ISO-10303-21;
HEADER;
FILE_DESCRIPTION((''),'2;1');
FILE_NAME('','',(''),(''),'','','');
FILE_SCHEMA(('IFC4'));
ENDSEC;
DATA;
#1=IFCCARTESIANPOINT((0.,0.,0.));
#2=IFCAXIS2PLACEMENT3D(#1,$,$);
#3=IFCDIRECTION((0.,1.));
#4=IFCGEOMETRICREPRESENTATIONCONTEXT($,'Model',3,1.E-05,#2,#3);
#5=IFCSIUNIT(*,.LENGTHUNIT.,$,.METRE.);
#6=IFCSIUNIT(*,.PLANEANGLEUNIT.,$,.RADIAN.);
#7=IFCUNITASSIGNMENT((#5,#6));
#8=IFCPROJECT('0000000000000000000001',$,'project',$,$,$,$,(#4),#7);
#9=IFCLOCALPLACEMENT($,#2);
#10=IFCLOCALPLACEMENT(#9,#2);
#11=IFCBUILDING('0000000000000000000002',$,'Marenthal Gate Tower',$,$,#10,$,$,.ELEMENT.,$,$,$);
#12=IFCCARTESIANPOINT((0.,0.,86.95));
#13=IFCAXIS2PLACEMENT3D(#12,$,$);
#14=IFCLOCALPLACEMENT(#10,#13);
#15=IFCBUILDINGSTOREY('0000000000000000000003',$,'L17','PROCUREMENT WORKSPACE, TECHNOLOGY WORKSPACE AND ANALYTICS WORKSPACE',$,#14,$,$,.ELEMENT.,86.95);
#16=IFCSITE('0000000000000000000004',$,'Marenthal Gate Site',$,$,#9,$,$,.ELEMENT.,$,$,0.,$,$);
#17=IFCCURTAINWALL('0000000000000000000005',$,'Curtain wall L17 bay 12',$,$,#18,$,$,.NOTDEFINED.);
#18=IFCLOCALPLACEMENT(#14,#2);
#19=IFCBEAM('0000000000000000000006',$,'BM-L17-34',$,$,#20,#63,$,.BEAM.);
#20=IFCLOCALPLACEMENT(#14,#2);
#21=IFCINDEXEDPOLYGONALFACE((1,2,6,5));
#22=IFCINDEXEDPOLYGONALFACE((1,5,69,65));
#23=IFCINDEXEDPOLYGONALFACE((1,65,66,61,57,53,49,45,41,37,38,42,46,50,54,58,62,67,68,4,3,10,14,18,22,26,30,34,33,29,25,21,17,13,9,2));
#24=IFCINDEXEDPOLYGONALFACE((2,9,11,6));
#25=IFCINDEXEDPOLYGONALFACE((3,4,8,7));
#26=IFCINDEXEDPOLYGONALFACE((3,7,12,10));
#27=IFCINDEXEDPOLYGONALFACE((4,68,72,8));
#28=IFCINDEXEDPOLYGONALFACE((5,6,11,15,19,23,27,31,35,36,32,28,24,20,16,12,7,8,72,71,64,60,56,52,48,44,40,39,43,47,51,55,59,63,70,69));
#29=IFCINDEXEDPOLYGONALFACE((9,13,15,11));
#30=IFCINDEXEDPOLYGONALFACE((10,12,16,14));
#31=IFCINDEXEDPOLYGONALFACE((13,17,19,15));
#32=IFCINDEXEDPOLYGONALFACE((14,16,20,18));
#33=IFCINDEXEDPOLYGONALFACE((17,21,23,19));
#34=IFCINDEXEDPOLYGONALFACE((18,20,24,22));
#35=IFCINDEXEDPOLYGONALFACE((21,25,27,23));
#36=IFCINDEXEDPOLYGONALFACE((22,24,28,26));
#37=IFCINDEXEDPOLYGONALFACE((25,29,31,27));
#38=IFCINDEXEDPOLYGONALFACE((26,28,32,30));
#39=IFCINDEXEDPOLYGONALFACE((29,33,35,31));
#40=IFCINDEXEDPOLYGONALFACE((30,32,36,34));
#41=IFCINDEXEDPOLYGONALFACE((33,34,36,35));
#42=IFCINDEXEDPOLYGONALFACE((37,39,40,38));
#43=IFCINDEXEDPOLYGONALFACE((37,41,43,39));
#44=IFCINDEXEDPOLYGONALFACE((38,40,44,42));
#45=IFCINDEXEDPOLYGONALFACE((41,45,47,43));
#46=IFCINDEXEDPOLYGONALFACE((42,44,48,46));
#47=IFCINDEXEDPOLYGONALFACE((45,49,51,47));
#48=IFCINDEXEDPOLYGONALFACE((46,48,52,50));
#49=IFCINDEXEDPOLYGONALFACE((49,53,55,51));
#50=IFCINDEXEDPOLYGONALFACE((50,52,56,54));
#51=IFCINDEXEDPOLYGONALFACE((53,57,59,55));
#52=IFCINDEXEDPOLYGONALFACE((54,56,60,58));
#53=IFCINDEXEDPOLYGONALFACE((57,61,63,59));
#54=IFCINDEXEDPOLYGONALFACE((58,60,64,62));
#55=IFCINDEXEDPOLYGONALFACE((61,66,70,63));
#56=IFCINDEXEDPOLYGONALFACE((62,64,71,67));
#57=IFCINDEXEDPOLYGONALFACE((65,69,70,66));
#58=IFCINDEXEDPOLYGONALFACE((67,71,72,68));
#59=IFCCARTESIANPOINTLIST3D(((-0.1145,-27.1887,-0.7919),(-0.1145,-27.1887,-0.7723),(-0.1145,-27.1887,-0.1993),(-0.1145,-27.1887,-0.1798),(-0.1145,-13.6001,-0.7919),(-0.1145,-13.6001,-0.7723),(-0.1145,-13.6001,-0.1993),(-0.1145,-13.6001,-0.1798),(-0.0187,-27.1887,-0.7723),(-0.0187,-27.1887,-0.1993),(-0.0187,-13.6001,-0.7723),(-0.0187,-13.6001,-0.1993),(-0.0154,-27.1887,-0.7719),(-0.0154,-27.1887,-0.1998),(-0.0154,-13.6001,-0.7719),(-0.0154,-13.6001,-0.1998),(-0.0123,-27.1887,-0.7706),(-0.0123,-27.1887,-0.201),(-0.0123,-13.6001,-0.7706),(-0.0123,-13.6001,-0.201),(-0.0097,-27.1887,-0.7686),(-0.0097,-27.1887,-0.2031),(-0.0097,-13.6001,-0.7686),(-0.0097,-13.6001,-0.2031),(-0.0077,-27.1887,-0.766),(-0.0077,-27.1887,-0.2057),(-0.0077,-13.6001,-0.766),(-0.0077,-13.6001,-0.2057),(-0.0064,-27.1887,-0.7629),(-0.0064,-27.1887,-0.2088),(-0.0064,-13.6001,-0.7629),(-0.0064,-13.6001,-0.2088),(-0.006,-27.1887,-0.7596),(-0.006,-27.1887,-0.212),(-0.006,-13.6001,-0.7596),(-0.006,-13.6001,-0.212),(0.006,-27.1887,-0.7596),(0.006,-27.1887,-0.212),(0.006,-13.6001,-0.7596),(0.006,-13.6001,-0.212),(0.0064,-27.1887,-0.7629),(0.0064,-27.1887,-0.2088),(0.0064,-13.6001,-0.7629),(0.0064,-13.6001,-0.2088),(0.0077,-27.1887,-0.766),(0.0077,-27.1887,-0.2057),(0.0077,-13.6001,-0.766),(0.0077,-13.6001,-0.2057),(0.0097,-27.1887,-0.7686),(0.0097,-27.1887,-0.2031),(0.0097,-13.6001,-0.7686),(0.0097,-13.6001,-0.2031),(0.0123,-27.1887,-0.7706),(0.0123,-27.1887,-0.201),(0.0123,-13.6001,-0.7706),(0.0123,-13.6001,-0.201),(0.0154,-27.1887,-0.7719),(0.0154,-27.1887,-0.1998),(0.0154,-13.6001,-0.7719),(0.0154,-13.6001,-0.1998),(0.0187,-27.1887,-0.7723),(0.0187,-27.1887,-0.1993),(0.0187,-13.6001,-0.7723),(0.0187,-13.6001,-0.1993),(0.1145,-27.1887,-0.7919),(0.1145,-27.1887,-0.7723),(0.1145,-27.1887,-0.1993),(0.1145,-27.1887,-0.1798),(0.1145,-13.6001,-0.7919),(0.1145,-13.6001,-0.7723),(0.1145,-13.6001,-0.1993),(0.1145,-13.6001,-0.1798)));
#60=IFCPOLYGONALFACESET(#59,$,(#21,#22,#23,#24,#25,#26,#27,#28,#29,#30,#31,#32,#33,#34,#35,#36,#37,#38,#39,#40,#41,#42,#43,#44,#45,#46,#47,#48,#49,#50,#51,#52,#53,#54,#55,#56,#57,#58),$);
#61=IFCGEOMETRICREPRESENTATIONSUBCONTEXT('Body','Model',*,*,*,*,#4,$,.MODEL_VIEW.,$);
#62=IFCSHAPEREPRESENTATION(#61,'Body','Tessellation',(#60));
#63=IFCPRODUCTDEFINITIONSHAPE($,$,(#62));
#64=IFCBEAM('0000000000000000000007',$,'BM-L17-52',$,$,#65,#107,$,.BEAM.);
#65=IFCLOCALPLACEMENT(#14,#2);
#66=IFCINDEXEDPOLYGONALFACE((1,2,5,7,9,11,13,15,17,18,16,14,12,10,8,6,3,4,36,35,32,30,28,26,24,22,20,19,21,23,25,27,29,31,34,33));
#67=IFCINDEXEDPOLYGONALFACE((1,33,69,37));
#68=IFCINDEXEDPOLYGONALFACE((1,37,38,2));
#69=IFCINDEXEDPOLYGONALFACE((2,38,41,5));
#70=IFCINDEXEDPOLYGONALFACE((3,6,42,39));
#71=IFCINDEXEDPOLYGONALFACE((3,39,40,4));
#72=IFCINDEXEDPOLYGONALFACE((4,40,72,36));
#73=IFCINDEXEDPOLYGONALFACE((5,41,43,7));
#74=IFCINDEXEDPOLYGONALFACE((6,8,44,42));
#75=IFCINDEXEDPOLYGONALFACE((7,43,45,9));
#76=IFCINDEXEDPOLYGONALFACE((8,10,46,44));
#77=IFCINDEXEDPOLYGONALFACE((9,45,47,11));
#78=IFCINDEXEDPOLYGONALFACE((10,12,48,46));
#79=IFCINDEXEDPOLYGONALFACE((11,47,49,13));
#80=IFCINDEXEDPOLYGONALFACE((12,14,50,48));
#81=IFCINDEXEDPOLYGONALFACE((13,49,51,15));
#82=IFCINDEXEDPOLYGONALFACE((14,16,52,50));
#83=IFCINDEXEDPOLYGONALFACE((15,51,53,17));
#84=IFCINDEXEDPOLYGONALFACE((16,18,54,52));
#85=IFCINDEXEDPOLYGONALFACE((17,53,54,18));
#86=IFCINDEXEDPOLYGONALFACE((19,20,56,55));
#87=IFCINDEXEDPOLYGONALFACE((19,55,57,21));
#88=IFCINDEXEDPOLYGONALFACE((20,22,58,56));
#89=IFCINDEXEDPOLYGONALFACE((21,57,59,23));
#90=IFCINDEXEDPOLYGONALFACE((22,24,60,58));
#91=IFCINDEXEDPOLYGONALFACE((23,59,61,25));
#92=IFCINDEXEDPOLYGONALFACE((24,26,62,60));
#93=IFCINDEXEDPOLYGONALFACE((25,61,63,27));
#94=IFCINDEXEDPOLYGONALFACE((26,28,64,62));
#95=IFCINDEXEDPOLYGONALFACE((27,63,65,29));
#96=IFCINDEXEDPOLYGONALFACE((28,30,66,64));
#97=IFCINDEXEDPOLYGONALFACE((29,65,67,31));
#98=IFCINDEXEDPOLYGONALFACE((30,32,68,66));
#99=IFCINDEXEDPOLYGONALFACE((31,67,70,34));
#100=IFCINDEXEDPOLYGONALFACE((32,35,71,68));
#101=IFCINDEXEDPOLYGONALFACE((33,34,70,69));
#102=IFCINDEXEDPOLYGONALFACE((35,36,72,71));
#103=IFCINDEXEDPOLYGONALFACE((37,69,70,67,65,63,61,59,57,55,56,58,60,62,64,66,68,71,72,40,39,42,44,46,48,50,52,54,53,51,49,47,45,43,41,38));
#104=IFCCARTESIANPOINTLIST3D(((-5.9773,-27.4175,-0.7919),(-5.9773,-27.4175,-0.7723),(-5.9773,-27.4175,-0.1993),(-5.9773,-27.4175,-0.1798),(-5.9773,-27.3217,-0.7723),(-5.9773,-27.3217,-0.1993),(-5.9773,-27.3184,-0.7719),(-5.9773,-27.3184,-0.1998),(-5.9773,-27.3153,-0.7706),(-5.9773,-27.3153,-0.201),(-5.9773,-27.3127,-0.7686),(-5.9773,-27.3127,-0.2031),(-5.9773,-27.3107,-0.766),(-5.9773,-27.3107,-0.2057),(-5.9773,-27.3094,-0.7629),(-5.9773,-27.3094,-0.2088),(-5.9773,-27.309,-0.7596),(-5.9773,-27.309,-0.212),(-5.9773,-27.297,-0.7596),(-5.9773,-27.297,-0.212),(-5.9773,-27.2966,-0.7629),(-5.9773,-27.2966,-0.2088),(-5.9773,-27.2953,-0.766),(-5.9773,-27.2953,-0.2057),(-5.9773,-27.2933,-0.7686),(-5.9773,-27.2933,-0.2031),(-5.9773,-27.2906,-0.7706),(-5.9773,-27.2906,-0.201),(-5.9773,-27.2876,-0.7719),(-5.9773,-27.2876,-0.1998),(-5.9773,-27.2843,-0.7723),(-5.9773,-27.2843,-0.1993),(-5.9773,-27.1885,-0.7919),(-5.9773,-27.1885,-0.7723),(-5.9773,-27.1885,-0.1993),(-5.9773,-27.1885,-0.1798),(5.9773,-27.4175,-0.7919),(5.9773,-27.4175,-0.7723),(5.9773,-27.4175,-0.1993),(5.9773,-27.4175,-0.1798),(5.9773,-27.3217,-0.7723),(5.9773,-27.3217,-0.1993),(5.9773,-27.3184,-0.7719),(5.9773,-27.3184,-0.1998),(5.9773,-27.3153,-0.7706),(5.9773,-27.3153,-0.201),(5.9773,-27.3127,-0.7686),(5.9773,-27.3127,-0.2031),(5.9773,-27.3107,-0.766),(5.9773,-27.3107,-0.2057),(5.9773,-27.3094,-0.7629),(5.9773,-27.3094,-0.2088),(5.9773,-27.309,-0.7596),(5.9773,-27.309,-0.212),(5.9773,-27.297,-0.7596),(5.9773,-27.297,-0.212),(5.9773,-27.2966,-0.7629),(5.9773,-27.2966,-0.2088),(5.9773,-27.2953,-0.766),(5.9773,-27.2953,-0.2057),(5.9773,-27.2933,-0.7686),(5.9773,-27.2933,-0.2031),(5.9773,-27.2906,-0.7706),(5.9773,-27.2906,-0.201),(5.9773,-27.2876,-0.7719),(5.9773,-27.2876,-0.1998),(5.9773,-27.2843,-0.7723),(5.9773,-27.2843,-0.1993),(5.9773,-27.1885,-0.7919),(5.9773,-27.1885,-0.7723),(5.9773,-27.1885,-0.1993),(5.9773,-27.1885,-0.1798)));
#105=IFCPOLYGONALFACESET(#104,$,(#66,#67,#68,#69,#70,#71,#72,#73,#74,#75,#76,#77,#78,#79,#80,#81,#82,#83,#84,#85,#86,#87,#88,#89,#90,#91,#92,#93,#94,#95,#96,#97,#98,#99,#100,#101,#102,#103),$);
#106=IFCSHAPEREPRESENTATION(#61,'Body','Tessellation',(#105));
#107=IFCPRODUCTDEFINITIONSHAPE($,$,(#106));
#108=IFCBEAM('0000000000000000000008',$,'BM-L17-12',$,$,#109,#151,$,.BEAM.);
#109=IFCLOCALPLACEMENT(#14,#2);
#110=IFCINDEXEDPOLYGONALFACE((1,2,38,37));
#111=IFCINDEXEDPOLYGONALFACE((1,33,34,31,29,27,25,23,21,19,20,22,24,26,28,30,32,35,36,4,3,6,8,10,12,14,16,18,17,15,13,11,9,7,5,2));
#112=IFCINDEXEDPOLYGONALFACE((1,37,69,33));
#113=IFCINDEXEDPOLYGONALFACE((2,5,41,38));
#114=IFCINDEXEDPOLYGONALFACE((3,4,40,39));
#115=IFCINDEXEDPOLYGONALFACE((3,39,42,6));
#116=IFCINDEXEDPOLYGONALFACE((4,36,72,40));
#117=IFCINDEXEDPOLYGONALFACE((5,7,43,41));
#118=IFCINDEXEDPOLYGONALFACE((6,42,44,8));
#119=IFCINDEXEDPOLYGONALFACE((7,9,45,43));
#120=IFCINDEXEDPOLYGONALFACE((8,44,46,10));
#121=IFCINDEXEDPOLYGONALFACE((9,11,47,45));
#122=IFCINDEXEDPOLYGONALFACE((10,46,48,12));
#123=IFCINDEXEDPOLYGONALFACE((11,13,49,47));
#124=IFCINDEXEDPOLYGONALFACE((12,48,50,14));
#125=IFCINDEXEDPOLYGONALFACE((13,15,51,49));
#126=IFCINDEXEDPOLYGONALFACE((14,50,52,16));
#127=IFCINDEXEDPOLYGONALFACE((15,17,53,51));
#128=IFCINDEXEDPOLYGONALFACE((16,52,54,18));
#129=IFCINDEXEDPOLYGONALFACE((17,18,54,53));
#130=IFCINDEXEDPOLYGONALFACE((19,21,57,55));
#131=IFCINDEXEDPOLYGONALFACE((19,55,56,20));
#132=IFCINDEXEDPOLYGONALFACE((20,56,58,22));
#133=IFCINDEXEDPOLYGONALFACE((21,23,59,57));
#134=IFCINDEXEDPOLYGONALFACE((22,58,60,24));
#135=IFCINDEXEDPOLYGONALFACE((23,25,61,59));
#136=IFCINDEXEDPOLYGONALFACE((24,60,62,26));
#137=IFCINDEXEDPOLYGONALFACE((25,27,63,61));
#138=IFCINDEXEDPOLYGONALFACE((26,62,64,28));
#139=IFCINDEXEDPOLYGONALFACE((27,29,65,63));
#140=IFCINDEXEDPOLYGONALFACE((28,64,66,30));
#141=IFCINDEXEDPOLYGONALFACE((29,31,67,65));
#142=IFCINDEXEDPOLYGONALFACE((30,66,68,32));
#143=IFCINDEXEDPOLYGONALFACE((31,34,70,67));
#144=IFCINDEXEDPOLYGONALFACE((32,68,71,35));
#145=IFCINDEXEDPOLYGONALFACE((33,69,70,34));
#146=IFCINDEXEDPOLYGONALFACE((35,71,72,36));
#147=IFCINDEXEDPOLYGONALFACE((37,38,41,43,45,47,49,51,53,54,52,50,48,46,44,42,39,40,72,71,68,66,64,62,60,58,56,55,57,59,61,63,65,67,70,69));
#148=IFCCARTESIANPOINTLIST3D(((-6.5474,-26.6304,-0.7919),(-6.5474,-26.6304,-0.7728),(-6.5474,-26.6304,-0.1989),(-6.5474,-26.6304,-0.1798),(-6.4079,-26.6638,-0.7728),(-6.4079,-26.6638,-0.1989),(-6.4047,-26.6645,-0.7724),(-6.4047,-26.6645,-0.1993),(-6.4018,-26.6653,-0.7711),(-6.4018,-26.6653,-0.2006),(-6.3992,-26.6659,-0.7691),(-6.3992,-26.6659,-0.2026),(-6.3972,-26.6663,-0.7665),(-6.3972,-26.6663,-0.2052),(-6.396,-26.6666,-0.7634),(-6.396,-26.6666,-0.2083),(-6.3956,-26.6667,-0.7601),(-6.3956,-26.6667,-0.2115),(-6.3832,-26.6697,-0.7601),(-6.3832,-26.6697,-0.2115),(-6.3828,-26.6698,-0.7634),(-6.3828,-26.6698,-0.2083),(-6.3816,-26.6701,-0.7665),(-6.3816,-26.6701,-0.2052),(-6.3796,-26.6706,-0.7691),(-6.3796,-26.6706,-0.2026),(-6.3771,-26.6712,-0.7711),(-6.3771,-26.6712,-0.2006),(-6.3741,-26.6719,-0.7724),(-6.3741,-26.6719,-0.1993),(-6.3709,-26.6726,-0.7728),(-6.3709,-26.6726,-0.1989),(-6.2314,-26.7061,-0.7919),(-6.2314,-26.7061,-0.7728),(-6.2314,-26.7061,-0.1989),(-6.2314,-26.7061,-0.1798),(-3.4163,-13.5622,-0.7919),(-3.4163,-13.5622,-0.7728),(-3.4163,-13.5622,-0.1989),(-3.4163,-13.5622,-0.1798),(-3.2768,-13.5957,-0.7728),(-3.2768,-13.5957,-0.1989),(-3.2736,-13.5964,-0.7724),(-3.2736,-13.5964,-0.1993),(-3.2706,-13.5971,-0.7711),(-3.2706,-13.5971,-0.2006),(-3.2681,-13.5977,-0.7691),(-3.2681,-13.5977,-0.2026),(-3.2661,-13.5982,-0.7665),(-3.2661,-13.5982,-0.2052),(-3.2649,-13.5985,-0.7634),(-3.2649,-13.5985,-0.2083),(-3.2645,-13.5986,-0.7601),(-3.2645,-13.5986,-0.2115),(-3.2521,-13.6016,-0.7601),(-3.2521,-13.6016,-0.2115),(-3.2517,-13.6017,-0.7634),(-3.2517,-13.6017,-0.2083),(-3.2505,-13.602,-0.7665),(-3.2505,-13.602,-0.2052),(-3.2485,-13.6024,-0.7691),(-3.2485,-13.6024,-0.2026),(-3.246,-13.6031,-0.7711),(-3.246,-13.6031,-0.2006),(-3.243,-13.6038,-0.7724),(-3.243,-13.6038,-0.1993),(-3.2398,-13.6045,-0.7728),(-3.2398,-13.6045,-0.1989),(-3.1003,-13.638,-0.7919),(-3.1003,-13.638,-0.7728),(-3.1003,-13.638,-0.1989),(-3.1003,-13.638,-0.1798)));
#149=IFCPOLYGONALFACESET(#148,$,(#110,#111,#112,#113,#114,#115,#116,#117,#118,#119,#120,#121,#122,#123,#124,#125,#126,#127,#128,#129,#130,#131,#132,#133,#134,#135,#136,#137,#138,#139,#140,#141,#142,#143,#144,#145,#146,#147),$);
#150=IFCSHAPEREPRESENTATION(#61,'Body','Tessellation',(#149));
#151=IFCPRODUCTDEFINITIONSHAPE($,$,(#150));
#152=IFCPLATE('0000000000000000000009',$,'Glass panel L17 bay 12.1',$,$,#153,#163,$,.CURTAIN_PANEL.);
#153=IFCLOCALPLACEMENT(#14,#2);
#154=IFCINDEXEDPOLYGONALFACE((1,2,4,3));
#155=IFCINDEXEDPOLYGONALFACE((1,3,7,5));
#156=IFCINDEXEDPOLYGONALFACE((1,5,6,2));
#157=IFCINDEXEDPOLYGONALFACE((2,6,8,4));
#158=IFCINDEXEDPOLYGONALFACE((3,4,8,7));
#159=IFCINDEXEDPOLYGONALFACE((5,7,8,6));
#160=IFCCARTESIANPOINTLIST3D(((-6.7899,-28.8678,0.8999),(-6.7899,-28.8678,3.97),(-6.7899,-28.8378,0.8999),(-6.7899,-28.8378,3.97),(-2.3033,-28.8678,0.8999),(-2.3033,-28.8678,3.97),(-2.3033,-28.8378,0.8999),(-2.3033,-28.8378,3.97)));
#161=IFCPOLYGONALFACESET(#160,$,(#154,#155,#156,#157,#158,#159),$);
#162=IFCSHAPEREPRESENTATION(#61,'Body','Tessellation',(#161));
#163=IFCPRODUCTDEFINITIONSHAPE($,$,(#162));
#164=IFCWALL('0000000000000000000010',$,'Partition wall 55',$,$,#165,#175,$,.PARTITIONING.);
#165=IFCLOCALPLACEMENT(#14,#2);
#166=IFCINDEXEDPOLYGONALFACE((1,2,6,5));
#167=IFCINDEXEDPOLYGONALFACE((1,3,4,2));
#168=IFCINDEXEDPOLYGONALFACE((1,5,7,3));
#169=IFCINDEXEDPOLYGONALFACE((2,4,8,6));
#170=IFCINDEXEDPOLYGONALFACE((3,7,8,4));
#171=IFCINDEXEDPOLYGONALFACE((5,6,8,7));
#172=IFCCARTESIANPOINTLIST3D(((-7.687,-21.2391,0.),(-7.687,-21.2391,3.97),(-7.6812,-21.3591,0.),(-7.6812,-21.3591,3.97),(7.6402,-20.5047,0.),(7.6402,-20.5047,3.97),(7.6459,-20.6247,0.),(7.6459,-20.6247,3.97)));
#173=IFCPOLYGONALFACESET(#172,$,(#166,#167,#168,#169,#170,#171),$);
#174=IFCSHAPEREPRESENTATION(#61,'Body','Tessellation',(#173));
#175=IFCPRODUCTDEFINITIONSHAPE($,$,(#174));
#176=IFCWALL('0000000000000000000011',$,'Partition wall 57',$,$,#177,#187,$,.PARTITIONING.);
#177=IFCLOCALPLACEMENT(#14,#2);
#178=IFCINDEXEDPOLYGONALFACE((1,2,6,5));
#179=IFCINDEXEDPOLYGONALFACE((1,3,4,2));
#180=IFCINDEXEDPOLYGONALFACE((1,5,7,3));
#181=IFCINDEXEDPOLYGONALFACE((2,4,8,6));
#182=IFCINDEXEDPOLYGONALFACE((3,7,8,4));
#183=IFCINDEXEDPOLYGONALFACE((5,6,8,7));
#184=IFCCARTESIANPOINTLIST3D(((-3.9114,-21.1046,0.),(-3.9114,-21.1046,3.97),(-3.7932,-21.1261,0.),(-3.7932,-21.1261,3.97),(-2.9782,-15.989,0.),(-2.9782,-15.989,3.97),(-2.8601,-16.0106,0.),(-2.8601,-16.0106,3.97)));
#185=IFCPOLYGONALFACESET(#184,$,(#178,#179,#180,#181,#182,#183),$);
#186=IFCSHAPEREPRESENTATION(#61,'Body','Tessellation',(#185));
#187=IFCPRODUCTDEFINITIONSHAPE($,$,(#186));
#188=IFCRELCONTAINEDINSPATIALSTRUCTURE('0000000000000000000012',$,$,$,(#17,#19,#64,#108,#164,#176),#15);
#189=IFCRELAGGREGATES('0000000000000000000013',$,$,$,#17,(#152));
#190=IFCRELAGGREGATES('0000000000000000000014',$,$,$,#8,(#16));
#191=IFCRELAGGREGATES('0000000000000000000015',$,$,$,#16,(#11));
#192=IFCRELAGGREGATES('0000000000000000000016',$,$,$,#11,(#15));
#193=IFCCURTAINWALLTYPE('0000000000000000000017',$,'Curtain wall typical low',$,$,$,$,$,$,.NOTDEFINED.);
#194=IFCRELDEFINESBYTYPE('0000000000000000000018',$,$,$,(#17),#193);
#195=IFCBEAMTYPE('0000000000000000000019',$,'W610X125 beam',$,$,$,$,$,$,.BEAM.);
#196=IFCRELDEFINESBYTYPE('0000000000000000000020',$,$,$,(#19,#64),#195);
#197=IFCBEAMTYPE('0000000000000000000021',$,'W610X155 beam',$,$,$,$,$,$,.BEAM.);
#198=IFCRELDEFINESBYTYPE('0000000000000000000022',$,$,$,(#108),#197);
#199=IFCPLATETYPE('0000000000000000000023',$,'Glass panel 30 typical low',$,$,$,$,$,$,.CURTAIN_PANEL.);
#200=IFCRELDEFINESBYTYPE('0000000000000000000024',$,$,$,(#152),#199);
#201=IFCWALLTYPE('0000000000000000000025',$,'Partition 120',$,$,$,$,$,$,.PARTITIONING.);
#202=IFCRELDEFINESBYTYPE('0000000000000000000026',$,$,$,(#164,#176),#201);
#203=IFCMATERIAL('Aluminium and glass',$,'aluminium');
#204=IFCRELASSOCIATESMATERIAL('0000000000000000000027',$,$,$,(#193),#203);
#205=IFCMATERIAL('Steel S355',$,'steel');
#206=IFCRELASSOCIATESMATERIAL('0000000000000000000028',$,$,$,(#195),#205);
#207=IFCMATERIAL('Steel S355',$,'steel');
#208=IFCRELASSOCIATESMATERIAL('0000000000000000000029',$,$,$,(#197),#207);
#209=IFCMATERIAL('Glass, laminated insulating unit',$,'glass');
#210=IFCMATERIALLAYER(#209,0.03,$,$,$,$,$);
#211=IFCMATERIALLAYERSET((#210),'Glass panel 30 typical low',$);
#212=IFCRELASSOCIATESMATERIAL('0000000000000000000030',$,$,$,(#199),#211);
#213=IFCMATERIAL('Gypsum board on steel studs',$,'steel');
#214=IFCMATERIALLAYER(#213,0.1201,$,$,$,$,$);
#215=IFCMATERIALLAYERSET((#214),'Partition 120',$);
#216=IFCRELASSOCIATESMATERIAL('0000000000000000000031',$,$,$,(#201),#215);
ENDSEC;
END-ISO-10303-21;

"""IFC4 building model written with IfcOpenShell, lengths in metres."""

from ifc_helpers import new_model, si_unit, direction, frame, frame_2d, origin, origin_2d, place, context, subcontext, project, spatial, rectangle, i_section, extrude, material, layer, layer_set, material_profile, profile_set, type_object, element, aggregate, save


model = new_model("IFC4")

# Units and contexts
model_context = context("Model", 3, precision=1e-05, world=origin(), true_north=direction((0.0, 1.0)))
body_context = subcontext(model_context, "Body", "Model", "MODEL_VIEW")
ifc_project = project(units=[si_unit("LENGTHUNIT", "METRE"), si_unit("PLANEANGLEUNIT", "RADIAN")], contexts=[model_context])

# Site, building, storey
site_placement = place(None, origin())
site = spatial("IfcSite", under=ifc_project, at=site_placement, Name="Marenthal Gate Site", CompositionType="ELEMENT", RefElevation=0.0)
building_placement = place(site_placement, origin())
building = spatial("IfcBuilding", under=site, at=building_placement, Name="Marenthal Gate Tower", CompositionType="ELEMENT")
storey_placement = place(building_placement, frame((0.0, 0.0, 86.95)))
storey = spatial("IfcBuildingStorey", under=building, at=storey_placement, Name="L17", Description="PROCUREMENT WORKSPACE, TECHNOLOGY WORKSPACE AND ANALYTICS WORKSPACE", CompositionType="ELEMENT", Elevation=86.95)

# Curtain wall
ifc_material_1 = material(Name="Aluminium and glass", Category="aluminium")
curtain_wall_type = type_object("IfcCurtainWallType", Name="Curtain wall typical low", PredefinedType="NOTDEFINED", material=ifc_material_1)
curtain_wall_placement = place(storey_placement, origin())
curtain_wall = element("IfcCurtainWall", 1, at=curtain_wall_placement, inside=storey, type_object=curtain_wall_type, Name="Curtain wall L17 bay 12", PredefinedType="NOTDEFINED")

# Beams
ifc_material_2 = material(Name="Steel S355", Category="steel")
ifc_material_profile_1 = material_profile(ifc_material_2, i_section(OverallWidth=0.229, OverallDepth=0.6121, WebThickness=0.012, FlangeThickness=0.0195, FilletRadius=0.0127, at=origin_2d()), Name="W610X125")
ifc_profile_set_1 = profile_set([ifc_material_profile_1], Name="Steel S355")
beam_type_1 = type_object("IfcBeamType", Name="W610X125 beam", PredefinedType="BEAM", material=ifc_profile_set_1)
beam_1_placement = place(storey_placement, frame((0.0, -27.1887, -0.4858), z_axis=(0.0, 1.0, 0.0), x_axis=(-1.0, 0.0, 0.0)))
element("IfcBeam", 2, at=beam_1_placement, inside=storey, type_object=beam_type_1, Name="BM-L17-34", PredefinedType="BEAM", context=body_context, shape_type="SweptSolid", body=[
    extrude(i_section(OverallWidth=0.229, OverallDepth=0.6121, WebThickness=0.012, FlangeThickness=0.0195, FilletRadius=0.0127, at=origin_2d()), origin(), (0.0, 0.0, 1.0), 13.5886),
])
beam_2_placement = place(storey_placement, frame((-5.9773, -27.303, -0.4858), z_axis=(1.0, 0.0, 0.0), x_axis=(0.0, 1.0, 0.0)))
element("IfcBeam", 3, at=beam_2_placement, inside=storey, type_object=beam_type_1, Name="BM-L17-52", PredefinedType="BEAM", context=body_context, shape_type="SweptSolid", body=[
    extrude(i_section(OverallWidth=0.229, OverallDepth=0.6121, WebThickness=0.012, FlangeThickness=0.0195, FilletRadius=0.0127, at=origin_2d()), origin(), (0.0, 0.0, 1.0), 11.9546),
])
ifc_material_3 = material(Name="Steel S355", Category="steel")
ifc_material_profile_2 = material_profile(ifc_material_3, i_section(OverallWidth=0.325, OverallDepth=0.6121, WebThickness=0.0127, FlangeThickness=0.019, FilletRadius=0.0127, at=origin_2d()), Name="W610X155")
ifc_profile_set_2 = profile_set([ifc_material_profile_2], Name="Steel S355")
beam_type_2 = type_object("IfcBeamType", Name="W610X155 beam", PredefinedType="BEAM", material=ifc_profile_set_2)
beam_3_placement = place(storey_placement, frame((-6.3894, -26.6682, -0.4858), z_axis=(0.233004, 0.972476, 0.0), x_axis=(-0.972476, 0.233004, 0.0)))
element("IfcBeam", 4, at=beam_3_placement, inside=storey, type_object=beam_type_2, Name="BM-L17-12", PredefinedType="BEAM", context=body_context, shape_type="SweptSolid", body=[
    extrude(i_section(OverallWidth=0.325, OverallDepth=0.6121, WebThickness=0.0127, FlangeThickness=0.019, FilletRadius=0.0127, at=origin_2d()), origin(), (0.0, 0.0, 1.0), 13.438),
])

# Plate
ifc_material_4 = material(Name="Glass, laminated insulating unit", Category="glass")
ifc_layer_1 = layer(ifc_material_4, 0.03)
ifc_layer_set_1 = layer_set([ifc_layer_1], Name="Glass panel 30 typical low")
plate_type = type_object("IfcPlateType", Name="Glass panel 30 typical low", PredefinedType="CURTAIN_PANEL", material=ifc_layer_set_1)
plate_placement = place(storey_placement, frame((-4.5466, -28.8528, 0.8999), z_axis=(0.0, 0.0, 1.0), x_axis=(1.0, 0.0, 0.0)))
plate = element("IfcPlate", 5, at=plate_placement, type_object=plate_type, Name="Glass panel L17 bay 12.1", PredefinedType="CURTAIN_PANEL", context=body_context, shape_type="SweptSolid", body=[
    extrude(rectangle(XDim=4.4866, YDim=0.03, at=origin_2d()), origin(), (0.0, 0.0, 1.0), 3.0701),
])
aggregate(curtain_wall, [plate])

# Walls
ifc_material_5 = material(Name="Gypsum board on steel studs", Category="steel")
ifc_layer_2 = layer(ifc_material_5, 0.1201)
ifc_layer_set_2 = layer_set([ifc_layer_2], Name="Partition 120")
wall_type = type_object("IfcWallType", Name="Partition 120", PredefinedType="PARTITIONING", material=ifc_layer_set_2)
wall_1_placement = place(storey_placement, frame((-7.6841, -21.2991, 0.0), z_axis=(0.0, 0.0, 1.0), x_axis=(0.998854, 0.047858, 0.0)))
element("IfcWall", 6, at=wall_1_placement, inside=storey, type_object=wall_type, Name="Partition wall 55", PredefinedType="PARTITIONING", context=body_context, shape_type="SweptSolid", body=[
    extrude(rectangle(XDim=15.3447, YDim=0.1201, at=frame_2d((7.6724, 0.0))), origin(), (0.0, 0.0, 1.0), 3.97),
])
wall_2_placement = place(storey_placement, frame((-3.8523, -21.1155, 0.0), z_axis=(0.0, 0.0, 1.0), x_axis=(0.179447, 0.983768, 0.0)))
element("IfcWall", 7, at=wall_2_placement, inside=storey, type_object=wall_type, Name="Partition wall 57", PredefinedType="PARTITIONING", context=body_context, shape_type="SweptSolid", body=[
    extrude(rectangle(XDim=5.2, YDim=0.1201, at=frame_2d((2.6001, 0.0))), origin(), (0.0, 0.0, 1.0), 3.97),
])

save(model, "model.ifc")
